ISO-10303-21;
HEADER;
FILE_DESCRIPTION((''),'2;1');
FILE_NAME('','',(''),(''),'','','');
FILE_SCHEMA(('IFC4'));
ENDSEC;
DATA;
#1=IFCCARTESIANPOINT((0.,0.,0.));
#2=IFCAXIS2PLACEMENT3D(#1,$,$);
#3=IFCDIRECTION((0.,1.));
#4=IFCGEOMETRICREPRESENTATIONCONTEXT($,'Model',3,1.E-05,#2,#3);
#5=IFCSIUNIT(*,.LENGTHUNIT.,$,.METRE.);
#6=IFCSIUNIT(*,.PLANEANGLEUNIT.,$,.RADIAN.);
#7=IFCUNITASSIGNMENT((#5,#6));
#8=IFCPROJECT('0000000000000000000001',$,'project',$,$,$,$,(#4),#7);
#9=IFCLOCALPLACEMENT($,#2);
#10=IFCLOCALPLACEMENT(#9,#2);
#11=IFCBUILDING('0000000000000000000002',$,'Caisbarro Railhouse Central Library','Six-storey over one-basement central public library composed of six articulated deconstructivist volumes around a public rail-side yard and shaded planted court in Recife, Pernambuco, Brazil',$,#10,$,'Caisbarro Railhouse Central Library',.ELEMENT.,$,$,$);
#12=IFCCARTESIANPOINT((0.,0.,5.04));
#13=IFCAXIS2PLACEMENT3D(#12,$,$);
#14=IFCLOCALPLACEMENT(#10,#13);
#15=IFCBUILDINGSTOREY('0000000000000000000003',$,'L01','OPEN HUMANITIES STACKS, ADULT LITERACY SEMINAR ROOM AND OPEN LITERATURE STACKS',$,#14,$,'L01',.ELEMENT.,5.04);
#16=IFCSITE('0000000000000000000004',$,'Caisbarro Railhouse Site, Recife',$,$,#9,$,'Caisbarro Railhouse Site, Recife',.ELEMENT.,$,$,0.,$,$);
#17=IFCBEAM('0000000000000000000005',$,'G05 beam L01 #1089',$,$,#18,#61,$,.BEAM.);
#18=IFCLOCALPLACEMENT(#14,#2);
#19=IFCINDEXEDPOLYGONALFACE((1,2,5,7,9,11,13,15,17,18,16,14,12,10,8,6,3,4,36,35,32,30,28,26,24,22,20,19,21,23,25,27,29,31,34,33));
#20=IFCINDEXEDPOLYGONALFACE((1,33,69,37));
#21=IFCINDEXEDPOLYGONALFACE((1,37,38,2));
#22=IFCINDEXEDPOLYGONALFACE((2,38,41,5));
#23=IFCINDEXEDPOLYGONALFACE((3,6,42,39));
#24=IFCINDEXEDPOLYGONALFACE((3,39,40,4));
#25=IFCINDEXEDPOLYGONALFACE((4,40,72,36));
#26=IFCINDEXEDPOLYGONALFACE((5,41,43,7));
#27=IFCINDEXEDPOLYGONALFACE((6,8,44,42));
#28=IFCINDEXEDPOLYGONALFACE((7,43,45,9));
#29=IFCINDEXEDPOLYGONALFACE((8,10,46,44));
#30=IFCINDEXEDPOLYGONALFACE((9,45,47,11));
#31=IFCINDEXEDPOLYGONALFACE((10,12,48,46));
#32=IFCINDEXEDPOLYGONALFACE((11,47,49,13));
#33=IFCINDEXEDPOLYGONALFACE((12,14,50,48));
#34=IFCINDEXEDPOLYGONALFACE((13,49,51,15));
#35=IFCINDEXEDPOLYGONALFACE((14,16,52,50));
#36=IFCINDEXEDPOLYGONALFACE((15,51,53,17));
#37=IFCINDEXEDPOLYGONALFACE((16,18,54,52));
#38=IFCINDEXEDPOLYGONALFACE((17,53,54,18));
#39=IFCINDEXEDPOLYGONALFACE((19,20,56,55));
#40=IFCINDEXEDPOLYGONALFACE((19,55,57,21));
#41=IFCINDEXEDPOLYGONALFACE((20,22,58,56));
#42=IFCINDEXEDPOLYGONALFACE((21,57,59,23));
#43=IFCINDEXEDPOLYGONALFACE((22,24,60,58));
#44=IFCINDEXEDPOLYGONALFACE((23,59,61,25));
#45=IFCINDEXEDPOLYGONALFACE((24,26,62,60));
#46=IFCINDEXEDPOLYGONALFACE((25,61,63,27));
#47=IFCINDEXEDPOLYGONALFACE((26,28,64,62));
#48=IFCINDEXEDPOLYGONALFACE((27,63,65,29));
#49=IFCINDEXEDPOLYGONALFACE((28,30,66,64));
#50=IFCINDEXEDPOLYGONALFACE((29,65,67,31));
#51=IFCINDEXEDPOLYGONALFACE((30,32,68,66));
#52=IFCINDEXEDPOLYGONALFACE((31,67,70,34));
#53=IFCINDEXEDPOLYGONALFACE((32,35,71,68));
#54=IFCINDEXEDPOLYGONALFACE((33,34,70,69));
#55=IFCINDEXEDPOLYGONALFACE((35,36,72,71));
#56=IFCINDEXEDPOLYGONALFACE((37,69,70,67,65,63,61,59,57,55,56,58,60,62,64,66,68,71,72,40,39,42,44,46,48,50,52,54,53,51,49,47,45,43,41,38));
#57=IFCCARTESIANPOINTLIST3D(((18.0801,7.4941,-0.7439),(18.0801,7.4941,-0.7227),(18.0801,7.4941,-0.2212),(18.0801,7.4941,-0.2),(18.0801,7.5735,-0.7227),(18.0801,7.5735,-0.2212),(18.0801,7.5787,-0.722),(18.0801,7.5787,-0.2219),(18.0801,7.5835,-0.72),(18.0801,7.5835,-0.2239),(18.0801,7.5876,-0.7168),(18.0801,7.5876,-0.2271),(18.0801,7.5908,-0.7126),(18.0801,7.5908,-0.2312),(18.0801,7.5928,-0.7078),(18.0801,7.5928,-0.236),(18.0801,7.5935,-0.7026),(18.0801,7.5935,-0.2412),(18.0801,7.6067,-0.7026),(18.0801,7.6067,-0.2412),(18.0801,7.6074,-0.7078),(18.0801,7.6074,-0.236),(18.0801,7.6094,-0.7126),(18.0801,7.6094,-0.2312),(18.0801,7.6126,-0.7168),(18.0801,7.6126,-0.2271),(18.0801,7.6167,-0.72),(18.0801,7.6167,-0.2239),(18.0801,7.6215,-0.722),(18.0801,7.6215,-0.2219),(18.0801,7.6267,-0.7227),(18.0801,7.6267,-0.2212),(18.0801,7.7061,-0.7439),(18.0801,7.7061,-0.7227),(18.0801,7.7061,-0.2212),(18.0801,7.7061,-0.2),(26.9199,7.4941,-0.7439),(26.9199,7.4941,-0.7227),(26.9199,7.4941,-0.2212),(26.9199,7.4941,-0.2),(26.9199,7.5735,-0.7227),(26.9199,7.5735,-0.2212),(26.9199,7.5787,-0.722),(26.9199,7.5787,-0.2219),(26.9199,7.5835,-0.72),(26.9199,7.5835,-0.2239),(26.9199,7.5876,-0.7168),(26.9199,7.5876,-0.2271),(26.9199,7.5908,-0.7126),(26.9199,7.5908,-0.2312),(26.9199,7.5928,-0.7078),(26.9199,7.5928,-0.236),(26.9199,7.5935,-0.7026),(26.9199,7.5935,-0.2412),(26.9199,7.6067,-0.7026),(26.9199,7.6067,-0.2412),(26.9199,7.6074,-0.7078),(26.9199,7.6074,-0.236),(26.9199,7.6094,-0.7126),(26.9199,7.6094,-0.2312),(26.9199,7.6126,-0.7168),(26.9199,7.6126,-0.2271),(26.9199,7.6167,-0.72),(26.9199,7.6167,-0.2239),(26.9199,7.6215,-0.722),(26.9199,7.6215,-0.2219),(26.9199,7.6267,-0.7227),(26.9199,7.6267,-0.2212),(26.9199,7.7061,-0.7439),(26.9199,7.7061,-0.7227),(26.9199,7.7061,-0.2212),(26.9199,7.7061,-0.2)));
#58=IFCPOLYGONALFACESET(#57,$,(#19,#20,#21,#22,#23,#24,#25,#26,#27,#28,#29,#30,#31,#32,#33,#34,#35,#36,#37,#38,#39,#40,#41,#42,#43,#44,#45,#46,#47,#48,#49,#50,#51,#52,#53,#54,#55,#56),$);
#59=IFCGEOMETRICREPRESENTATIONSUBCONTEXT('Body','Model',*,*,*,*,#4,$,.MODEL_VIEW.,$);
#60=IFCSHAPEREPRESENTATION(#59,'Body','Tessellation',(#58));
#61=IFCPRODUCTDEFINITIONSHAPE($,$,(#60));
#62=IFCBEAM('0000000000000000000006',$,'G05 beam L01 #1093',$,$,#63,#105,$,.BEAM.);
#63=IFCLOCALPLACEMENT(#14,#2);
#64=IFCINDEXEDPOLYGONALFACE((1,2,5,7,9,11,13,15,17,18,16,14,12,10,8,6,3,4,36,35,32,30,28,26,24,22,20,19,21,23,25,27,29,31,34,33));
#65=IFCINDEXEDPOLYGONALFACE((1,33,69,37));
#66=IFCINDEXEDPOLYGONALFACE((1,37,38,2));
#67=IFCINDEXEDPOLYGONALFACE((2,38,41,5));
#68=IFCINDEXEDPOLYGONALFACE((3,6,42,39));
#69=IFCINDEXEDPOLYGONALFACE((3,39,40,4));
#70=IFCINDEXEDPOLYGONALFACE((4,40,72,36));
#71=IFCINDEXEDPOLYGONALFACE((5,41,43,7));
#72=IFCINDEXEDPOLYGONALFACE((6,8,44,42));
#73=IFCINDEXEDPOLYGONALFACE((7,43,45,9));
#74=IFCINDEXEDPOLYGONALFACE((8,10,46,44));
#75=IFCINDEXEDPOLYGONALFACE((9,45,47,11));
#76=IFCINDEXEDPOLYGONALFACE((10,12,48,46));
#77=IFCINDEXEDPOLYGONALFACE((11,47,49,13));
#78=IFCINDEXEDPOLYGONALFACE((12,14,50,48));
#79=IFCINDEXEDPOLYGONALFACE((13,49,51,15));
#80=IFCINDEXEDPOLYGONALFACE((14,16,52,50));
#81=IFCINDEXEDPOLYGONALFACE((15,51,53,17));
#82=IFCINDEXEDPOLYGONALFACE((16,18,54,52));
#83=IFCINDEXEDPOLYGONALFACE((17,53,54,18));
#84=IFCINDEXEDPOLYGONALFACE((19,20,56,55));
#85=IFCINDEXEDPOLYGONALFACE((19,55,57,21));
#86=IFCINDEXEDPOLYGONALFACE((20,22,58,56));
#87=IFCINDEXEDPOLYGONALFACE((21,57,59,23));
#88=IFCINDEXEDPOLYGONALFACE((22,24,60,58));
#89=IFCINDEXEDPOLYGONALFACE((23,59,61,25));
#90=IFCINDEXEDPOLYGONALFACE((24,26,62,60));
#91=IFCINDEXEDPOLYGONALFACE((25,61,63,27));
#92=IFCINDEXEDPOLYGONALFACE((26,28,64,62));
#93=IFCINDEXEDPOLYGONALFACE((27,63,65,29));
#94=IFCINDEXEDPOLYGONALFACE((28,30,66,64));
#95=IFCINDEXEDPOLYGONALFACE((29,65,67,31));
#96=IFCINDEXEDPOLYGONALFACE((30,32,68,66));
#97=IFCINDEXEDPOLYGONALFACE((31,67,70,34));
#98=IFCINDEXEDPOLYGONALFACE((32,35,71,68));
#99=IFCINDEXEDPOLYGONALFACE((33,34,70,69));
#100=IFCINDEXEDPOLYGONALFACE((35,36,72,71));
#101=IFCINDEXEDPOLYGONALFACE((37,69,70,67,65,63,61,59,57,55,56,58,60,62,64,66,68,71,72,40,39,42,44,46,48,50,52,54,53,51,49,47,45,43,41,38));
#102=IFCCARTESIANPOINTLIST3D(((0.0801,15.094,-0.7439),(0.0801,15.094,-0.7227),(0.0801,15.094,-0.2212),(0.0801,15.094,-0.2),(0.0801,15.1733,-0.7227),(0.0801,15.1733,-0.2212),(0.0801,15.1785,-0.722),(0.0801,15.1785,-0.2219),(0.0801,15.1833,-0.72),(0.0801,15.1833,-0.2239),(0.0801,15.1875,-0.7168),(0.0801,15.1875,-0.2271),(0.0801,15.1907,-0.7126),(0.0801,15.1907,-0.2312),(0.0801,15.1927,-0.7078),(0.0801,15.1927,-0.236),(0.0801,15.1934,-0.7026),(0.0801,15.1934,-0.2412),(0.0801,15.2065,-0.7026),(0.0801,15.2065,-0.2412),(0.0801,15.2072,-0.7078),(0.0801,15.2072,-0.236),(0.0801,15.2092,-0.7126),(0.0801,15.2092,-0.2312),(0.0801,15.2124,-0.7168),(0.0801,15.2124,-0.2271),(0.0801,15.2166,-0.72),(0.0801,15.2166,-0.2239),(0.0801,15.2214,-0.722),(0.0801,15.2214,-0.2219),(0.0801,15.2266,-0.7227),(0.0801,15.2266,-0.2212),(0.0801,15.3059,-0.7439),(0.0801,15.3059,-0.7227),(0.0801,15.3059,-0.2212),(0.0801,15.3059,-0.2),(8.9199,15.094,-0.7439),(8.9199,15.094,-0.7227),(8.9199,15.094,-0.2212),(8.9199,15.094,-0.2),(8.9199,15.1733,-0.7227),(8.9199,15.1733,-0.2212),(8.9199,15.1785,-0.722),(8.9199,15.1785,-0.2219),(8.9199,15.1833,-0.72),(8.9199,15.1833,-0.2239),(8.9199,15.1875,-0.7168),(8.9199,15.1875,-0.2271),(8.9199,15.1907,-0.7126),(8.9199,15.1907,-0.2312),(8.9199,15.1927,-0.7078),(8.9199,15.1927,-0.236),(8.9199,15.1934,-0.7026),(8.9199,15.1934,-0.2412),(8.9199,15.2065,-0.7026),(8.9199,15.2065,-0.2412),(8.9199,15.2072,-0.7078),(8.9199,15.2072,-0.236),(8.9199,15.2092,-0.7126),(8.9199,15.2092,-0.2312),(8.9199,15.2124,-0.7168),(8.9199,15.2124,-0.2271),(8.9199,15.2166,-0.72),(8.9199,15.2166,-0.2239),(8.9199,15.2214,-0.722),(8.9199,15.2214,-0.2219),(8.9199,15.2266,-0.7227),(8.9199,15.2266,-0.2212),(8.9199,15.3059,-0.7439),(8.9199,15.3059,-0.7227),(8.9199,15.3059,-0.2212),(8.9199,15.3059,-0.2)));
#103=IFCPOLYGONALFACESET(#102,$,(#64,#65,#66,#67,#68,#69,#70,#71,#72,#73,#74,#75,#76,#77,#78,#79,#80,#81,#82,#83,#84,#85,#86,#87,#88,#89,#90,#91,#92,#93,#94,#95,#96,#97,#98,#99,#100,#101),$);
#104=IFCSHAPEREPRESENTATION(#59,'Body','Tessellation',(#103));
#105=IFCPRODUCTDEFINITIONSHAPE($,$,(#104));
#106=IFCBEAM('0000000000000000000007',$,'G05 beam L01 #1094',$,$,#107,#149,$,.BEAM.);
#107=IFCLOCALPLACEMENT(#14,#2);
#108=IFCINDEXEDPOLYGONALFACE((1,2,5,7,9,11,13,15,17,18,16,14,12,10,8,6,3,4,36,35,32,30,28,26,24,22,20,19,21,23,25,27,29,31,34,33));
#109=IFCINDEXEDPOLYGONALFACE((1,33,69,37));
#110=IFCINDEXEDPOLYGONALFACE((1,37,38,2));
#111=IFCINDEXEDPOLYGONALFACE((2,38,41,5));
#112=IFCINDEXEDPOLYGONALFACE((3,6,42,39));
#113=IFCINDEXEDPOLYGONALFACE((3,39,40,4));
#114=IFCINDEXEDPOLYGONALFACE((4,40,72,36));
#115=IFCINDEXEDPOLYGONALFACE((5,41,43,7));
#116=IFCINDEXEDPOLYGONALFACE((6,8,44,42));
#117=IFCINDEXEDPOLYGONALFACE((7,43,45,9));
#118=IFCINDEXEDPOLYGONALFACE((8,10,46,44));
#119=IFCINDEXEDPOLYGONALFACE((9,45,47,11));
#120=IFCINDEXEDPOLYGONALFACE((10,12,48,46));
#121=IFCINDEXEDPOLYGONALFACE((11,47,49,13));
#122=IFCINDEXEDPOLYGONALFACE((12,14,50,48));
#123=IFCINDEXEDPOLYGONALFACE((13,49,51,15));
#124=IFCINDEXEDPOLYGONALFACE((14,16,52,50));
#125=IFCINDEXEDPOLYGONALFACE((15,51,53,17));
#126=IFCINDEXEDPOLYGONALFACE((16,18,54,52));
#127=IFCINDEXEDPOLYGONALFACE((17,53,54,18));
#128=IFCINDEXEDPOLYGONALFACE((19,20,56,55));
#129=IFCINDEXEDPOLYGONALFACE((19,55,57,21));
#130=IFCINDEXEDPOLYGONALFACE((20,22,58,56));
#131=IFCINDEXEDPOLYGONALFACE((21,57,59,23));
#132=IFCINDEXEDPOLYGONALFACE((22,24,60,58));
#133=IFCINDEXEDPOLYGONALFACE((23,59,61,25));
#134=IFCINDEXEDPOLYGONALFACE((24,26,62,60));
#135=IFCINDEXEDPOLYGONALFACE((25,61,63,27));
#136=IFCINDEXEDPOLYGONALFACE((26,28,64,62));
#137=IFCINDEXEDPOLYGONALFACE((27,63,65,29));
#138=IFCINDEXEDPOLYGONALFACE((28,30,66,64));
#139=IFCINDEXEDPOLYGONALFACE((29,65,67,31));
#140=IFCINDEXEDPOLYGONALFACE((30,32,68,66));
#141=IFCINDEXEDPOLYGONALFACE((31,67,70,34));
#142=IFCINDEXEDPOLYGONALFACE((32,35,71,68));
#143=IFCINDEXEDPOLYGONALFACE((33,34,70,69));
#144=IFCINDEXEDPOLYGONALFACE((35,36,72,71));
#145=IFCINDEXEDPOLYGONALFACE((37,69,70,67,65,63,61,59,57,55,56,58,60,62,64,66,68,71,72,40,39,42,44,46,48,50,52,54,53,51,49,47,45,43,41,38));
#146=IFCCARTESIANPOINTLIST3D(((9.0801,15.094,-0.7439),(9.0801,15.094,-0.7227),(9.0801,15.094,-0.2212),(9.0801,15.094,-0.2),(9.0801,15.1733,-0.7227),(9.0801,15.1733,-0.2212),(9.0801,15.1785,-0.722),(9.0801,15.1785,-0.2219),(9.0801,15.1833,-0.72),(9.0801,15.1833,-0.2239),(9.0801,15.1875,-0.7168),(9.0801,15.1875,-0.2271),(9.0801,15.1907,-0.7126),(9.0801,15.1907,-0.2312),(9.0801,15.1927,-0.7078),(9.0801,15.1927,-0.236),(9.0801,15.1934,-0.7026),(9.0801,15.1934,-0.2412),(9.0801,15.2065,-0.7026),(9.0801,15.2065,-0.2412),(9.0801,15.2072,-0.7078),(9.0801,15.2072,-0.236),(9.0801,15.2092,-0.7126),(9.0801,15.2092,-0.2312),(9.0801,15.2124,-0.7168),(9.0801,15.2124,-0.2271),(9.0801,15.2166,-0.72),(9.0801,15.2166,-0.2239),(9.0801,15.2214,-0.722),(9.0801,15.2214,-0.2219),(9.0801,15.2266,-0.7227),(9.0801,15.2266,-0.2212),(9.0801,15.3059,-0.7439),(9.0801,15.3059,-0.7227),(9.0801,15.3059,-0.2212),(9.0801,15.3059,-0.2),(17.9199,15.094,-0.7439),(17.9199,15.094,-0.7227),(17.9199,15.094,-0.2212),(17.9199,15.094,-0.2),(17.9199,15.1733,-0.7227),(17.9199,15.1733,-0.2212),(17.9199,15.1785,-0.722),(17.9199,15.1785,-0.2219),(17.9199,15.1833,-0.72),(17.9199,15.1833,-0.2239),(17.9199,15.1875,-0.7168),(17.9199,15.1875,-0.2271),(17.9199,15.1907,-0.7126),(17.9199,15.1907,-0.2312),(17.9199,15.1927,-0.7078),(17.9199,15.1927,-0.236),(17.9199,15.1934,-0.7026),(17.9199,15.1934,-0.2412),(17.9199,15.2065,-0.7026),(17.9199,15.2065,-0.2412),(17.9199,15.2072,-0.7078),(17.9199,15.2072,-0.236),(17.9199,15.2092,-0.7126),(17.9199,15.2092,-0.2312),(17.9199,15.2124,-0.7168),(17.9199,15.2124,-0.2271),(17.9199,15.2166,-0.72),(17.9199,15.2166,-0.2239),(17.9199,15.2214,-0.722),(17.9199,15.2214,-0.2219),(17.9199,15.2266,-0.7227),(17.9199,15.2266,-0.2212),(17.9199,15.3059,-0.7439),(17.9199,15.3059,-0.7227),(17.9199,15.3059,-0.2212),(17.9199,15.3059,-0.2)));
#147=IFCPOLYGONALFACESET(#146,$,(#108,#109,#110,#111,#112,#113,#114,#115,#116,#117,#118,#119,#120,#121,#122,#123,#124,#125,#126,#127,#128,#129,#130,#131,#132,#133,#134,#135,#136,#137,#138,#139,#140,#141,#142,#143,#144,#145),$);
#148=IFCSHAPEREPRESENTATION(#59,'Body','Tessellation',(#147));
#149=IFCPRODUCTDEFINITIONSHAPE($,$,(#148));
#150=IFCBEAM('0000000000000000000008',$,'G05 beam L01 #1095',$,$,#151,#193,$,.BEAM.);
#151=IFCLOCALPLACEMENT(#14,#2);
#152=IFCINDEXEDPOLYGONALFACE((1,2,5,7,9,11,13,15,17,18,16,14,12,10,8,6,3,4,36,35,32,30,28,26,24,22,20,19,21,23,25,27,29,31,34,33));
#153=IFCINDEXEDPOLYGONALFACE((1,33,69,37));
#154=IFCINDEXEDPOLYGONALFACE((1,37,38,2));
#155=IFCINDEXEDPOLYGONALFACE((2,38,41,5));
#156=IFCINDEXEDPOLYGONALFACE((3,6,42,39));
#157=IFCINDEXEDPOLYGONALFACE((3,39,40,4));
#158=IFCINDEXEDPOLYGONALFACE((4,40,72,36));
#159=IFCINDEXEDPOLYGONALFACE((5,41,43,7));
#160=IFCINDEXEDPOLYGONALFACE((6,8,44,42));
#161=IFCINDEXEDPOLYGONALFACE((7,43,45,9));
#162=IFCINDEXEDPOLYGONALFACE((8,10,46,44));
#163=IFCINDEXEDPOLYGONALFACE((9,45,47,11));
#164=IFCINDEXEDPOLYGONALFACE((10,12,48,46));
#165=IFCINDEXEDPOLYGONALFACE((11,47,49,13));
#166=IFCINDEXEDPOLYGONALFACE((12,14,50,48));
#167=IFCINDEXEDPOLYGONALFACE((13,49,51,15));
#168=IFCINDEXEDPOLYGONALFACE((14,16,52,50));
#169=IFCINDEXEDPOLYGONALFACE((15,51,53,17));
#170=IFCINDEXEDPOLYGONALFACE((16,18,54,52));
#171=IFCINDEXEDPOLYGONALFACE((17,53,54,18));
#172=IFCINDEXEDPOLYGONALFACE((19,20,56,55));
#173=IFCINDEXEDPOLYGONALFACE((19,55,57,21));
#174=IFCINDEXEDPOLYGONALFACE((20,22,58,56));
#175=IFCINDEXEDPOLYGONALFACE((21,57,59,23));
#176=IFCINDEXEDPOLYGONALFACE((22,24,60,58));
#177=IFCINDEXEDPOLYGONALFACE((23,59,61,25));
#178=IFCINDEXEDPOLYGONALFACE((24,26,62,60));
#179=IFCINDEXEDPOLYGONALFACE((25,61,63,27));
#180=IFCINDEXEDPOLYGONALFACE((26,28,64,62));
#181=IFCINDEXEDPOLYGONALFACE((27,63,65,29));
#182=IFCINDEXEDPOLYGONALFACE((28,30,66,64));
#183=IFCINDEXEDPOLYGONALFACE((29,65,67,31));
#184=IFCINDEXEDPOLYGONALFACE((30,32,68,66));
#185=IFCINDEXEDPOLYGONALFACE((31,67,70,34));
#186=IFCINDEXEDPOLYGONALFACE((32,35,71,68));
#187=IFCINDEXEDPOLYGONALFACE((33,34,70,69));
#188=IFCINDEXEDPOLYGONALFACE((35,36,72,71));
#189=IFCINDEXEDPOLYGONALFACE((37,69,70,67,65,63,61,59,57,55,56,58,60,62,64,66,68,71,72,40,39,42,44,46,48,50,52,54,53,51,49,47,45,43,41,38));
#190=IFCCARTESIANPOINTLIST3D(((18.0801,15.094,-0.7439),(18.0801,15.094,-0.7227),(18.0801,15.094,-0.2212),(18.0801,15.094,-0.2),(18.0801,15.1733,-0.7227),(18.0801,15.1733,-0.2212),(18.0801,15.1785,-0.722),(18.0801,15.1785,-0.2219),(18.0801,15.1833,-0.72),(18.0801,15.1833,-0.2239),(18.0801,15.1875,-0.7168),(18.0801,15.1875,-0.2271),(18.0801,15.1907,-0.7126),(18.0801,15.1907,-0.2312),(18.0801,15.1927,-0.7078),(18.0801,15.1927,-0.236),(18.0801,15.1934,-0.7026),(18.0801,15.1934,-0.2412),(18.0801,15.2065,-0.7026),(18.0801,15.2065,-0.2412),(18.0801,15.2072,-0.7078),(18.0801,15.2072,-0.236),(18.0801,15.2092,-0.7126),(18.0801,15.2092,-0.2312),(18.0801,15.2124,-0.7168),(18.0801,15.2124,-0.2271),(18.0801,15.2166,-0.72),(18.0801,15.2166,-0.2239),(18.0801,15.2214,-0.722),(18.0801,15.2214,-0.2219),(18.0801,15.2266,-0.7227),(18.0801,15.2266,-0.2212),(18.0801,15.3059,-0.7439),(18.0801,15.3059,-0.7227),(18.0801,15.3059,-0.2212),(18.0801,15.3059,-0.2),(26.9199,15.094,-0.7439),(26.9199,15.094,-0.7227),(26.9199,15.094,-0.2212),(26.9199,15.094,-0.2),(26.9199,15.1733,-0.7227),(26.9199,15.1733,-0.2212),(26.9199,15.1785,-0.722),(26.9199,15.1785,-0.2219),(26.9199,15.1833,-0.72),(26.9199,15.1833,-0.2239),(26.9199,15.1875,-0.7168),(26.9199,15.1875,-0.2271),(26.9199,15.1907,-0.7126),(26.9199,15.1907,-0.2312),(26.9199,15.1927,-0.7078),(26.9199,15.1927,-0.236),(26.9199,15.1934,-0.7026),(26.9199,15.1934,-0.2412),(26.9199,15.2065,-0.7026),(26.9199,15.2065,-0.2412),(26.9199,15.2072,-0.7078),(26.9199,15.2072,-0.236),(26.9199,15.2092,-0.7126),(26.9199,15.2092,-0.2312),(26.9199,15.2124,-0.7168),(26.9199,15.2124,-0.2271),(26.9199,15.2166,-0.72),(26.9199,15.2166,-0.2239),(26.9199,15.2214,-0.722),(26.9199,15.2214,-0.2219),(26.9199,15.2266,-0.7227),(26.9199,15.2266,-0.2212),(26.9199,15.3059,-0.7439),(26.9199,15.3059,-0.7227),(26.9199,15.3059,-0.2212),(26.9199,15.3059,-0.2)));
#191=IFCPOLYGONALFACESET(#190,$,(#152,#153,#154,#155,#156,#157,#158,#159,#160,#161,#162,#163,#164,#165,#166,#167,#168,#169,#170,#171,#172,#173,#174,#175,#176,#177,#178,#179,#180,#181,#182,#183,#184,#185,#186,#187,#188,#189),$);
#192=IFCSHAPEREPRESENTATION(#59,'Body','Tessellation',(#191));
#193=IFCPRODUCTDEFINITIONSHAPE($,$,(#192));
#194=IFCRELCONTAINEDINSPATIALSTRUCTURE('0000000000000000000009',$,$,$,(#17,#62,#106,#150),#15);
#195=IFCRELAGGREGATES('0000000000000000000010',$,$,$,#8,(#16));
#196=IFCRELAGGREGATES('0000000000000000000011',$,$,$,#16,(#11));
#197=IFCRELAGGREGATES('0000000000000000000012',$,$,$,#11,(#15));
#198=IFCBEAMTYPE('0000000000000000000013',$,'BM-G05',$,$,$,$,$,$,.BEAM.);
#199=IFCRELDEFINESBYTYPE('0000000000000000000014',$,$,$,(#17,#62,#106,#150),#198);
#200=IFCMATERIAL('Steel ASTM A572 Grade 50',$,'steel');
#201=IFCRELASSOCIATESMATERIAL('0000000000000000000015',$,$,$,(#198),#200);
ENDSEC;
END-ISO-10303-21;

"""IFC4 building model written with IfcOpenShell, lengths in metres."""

from ifc_helpers import new_model, si_unit, direction, frame, origin, origin_2d, place, context, subcontext, project, spatial, i_section, extrude, material, material_profile, profile_set, type_object, element, save


model = new_model("IFC4")

# Units and contexts
model_context = context("Model", 3, precision=1e-05, world=origin(), true_north=direction((0.0, 1.0)))
body_context = subcontext(model_context, "Body", "Model", "MODEL_VIEW")
ifc_project = project(units=[si_unit("LENGTHUNIT", "METRE"), si_unit("PLANEANGLEUNIT", "RADIAN")], contexts=[model_context])

# Site, building, storey
site_placement = place(None, origin())
site = spatial("IfcSite", under=ifc_project, at=site_placement, Name="Caisbarro Railhouse Site, Recife", LongName="Caisbarro Railhouse Site, Recife", CompositionType="ELEMENT", RefElevation=0.0)
building_placement = place(site_placement, origin())
building = spatial("IfcBuilding", under=site, at=building_placement, Name="Caisbarro Railhouse Central Library", Description="Six-storey over one-basement central public library composed of six articulated deconstructivist volumes around a public rail-side yard and shaded planted court in Recife, Pernambuco, Brazil", LongName="Caisbarro Railhouse Central Library", CompositionType="ELEMENT")
storey_placement = place(building_placement, frame((0.0, 0.0, 5.04)))
storey = spatial("IfcBuildingStorey", under=building, at=storey_placement, Name="L01", Description="OPEN HUMANITIES STACKS, ADULT LITERACY SEMINAR ROOM AND OPEN LITERATURE STACKS", LongName="L01", CompositionType="ELEMENT", Elevation=5.04)

# Shared definitions
ifc_material_1 = material(Name="Steel ASTM A572 Grade 50", Category="steel")

# Beams
ifc_material_profile_1 = material_profile(ifc_material_1, i_section(OverallWidth=0.2119, OverallDepth=0.5439, WebThickness=0.0132, FlangeThickness=0.0212, FilletRadius=0.02, at=origin_2d()), Name="W530X123.0")
ifc_profile_set_1 = profile_set([ifc_material_profile_1], Name="Steel ASTM A572 Grade 50")
beam_type_1 = type_object("IfcBeamType", Name="BM-G05", PredefinedType="BEAM", material=ifc_profile_set_1)
for number, where, z_axis, x_axis, name in (
    (1, (18.0801, 7.6001, -0.4719), (1.0, 0.0, 0.0), (0.0, 1.0, 0.0), "G05 beam L01 #1089"),
    (2, (0.0801, 15.2, -0.4719), (1.0, 0.0, 0.0), (0.0, 1.0, 0.0), "G05 beam L01 #1093"),
    (3, (9.0801, 15.2, -0.4719), (1.0, 0.0, 0.0), (0.0, 1.0, 0.0), "G05 beam L01 #1094"),
    (4, (18.0801, 15.2, -0.4719), (1.0, 0.0, 0.0), (0.0, 1.0, 0.0), "G05 beam L01 #1095"),
):
    element("IfcBeam", number, at=place(storey_placement, frame(where, z_axis=z_axis, x_axis=x_axis)), inside=storey, type_object=beam_type_1, Name=name, PredefinedType="BEAM", context=body_context, shape_type="SweptSolid", body=[
        extrude(i_section(OverallWidth=0.2119, OverallDepth=0.5439, WebThickness=0.0132, FlangeThickness=0.0212, FilletRadius=0.02, at=origin_2d()), origin(), (0.0, 0.0, 1.0), 8.8398),
    ])

save(model, "model.ifc")
